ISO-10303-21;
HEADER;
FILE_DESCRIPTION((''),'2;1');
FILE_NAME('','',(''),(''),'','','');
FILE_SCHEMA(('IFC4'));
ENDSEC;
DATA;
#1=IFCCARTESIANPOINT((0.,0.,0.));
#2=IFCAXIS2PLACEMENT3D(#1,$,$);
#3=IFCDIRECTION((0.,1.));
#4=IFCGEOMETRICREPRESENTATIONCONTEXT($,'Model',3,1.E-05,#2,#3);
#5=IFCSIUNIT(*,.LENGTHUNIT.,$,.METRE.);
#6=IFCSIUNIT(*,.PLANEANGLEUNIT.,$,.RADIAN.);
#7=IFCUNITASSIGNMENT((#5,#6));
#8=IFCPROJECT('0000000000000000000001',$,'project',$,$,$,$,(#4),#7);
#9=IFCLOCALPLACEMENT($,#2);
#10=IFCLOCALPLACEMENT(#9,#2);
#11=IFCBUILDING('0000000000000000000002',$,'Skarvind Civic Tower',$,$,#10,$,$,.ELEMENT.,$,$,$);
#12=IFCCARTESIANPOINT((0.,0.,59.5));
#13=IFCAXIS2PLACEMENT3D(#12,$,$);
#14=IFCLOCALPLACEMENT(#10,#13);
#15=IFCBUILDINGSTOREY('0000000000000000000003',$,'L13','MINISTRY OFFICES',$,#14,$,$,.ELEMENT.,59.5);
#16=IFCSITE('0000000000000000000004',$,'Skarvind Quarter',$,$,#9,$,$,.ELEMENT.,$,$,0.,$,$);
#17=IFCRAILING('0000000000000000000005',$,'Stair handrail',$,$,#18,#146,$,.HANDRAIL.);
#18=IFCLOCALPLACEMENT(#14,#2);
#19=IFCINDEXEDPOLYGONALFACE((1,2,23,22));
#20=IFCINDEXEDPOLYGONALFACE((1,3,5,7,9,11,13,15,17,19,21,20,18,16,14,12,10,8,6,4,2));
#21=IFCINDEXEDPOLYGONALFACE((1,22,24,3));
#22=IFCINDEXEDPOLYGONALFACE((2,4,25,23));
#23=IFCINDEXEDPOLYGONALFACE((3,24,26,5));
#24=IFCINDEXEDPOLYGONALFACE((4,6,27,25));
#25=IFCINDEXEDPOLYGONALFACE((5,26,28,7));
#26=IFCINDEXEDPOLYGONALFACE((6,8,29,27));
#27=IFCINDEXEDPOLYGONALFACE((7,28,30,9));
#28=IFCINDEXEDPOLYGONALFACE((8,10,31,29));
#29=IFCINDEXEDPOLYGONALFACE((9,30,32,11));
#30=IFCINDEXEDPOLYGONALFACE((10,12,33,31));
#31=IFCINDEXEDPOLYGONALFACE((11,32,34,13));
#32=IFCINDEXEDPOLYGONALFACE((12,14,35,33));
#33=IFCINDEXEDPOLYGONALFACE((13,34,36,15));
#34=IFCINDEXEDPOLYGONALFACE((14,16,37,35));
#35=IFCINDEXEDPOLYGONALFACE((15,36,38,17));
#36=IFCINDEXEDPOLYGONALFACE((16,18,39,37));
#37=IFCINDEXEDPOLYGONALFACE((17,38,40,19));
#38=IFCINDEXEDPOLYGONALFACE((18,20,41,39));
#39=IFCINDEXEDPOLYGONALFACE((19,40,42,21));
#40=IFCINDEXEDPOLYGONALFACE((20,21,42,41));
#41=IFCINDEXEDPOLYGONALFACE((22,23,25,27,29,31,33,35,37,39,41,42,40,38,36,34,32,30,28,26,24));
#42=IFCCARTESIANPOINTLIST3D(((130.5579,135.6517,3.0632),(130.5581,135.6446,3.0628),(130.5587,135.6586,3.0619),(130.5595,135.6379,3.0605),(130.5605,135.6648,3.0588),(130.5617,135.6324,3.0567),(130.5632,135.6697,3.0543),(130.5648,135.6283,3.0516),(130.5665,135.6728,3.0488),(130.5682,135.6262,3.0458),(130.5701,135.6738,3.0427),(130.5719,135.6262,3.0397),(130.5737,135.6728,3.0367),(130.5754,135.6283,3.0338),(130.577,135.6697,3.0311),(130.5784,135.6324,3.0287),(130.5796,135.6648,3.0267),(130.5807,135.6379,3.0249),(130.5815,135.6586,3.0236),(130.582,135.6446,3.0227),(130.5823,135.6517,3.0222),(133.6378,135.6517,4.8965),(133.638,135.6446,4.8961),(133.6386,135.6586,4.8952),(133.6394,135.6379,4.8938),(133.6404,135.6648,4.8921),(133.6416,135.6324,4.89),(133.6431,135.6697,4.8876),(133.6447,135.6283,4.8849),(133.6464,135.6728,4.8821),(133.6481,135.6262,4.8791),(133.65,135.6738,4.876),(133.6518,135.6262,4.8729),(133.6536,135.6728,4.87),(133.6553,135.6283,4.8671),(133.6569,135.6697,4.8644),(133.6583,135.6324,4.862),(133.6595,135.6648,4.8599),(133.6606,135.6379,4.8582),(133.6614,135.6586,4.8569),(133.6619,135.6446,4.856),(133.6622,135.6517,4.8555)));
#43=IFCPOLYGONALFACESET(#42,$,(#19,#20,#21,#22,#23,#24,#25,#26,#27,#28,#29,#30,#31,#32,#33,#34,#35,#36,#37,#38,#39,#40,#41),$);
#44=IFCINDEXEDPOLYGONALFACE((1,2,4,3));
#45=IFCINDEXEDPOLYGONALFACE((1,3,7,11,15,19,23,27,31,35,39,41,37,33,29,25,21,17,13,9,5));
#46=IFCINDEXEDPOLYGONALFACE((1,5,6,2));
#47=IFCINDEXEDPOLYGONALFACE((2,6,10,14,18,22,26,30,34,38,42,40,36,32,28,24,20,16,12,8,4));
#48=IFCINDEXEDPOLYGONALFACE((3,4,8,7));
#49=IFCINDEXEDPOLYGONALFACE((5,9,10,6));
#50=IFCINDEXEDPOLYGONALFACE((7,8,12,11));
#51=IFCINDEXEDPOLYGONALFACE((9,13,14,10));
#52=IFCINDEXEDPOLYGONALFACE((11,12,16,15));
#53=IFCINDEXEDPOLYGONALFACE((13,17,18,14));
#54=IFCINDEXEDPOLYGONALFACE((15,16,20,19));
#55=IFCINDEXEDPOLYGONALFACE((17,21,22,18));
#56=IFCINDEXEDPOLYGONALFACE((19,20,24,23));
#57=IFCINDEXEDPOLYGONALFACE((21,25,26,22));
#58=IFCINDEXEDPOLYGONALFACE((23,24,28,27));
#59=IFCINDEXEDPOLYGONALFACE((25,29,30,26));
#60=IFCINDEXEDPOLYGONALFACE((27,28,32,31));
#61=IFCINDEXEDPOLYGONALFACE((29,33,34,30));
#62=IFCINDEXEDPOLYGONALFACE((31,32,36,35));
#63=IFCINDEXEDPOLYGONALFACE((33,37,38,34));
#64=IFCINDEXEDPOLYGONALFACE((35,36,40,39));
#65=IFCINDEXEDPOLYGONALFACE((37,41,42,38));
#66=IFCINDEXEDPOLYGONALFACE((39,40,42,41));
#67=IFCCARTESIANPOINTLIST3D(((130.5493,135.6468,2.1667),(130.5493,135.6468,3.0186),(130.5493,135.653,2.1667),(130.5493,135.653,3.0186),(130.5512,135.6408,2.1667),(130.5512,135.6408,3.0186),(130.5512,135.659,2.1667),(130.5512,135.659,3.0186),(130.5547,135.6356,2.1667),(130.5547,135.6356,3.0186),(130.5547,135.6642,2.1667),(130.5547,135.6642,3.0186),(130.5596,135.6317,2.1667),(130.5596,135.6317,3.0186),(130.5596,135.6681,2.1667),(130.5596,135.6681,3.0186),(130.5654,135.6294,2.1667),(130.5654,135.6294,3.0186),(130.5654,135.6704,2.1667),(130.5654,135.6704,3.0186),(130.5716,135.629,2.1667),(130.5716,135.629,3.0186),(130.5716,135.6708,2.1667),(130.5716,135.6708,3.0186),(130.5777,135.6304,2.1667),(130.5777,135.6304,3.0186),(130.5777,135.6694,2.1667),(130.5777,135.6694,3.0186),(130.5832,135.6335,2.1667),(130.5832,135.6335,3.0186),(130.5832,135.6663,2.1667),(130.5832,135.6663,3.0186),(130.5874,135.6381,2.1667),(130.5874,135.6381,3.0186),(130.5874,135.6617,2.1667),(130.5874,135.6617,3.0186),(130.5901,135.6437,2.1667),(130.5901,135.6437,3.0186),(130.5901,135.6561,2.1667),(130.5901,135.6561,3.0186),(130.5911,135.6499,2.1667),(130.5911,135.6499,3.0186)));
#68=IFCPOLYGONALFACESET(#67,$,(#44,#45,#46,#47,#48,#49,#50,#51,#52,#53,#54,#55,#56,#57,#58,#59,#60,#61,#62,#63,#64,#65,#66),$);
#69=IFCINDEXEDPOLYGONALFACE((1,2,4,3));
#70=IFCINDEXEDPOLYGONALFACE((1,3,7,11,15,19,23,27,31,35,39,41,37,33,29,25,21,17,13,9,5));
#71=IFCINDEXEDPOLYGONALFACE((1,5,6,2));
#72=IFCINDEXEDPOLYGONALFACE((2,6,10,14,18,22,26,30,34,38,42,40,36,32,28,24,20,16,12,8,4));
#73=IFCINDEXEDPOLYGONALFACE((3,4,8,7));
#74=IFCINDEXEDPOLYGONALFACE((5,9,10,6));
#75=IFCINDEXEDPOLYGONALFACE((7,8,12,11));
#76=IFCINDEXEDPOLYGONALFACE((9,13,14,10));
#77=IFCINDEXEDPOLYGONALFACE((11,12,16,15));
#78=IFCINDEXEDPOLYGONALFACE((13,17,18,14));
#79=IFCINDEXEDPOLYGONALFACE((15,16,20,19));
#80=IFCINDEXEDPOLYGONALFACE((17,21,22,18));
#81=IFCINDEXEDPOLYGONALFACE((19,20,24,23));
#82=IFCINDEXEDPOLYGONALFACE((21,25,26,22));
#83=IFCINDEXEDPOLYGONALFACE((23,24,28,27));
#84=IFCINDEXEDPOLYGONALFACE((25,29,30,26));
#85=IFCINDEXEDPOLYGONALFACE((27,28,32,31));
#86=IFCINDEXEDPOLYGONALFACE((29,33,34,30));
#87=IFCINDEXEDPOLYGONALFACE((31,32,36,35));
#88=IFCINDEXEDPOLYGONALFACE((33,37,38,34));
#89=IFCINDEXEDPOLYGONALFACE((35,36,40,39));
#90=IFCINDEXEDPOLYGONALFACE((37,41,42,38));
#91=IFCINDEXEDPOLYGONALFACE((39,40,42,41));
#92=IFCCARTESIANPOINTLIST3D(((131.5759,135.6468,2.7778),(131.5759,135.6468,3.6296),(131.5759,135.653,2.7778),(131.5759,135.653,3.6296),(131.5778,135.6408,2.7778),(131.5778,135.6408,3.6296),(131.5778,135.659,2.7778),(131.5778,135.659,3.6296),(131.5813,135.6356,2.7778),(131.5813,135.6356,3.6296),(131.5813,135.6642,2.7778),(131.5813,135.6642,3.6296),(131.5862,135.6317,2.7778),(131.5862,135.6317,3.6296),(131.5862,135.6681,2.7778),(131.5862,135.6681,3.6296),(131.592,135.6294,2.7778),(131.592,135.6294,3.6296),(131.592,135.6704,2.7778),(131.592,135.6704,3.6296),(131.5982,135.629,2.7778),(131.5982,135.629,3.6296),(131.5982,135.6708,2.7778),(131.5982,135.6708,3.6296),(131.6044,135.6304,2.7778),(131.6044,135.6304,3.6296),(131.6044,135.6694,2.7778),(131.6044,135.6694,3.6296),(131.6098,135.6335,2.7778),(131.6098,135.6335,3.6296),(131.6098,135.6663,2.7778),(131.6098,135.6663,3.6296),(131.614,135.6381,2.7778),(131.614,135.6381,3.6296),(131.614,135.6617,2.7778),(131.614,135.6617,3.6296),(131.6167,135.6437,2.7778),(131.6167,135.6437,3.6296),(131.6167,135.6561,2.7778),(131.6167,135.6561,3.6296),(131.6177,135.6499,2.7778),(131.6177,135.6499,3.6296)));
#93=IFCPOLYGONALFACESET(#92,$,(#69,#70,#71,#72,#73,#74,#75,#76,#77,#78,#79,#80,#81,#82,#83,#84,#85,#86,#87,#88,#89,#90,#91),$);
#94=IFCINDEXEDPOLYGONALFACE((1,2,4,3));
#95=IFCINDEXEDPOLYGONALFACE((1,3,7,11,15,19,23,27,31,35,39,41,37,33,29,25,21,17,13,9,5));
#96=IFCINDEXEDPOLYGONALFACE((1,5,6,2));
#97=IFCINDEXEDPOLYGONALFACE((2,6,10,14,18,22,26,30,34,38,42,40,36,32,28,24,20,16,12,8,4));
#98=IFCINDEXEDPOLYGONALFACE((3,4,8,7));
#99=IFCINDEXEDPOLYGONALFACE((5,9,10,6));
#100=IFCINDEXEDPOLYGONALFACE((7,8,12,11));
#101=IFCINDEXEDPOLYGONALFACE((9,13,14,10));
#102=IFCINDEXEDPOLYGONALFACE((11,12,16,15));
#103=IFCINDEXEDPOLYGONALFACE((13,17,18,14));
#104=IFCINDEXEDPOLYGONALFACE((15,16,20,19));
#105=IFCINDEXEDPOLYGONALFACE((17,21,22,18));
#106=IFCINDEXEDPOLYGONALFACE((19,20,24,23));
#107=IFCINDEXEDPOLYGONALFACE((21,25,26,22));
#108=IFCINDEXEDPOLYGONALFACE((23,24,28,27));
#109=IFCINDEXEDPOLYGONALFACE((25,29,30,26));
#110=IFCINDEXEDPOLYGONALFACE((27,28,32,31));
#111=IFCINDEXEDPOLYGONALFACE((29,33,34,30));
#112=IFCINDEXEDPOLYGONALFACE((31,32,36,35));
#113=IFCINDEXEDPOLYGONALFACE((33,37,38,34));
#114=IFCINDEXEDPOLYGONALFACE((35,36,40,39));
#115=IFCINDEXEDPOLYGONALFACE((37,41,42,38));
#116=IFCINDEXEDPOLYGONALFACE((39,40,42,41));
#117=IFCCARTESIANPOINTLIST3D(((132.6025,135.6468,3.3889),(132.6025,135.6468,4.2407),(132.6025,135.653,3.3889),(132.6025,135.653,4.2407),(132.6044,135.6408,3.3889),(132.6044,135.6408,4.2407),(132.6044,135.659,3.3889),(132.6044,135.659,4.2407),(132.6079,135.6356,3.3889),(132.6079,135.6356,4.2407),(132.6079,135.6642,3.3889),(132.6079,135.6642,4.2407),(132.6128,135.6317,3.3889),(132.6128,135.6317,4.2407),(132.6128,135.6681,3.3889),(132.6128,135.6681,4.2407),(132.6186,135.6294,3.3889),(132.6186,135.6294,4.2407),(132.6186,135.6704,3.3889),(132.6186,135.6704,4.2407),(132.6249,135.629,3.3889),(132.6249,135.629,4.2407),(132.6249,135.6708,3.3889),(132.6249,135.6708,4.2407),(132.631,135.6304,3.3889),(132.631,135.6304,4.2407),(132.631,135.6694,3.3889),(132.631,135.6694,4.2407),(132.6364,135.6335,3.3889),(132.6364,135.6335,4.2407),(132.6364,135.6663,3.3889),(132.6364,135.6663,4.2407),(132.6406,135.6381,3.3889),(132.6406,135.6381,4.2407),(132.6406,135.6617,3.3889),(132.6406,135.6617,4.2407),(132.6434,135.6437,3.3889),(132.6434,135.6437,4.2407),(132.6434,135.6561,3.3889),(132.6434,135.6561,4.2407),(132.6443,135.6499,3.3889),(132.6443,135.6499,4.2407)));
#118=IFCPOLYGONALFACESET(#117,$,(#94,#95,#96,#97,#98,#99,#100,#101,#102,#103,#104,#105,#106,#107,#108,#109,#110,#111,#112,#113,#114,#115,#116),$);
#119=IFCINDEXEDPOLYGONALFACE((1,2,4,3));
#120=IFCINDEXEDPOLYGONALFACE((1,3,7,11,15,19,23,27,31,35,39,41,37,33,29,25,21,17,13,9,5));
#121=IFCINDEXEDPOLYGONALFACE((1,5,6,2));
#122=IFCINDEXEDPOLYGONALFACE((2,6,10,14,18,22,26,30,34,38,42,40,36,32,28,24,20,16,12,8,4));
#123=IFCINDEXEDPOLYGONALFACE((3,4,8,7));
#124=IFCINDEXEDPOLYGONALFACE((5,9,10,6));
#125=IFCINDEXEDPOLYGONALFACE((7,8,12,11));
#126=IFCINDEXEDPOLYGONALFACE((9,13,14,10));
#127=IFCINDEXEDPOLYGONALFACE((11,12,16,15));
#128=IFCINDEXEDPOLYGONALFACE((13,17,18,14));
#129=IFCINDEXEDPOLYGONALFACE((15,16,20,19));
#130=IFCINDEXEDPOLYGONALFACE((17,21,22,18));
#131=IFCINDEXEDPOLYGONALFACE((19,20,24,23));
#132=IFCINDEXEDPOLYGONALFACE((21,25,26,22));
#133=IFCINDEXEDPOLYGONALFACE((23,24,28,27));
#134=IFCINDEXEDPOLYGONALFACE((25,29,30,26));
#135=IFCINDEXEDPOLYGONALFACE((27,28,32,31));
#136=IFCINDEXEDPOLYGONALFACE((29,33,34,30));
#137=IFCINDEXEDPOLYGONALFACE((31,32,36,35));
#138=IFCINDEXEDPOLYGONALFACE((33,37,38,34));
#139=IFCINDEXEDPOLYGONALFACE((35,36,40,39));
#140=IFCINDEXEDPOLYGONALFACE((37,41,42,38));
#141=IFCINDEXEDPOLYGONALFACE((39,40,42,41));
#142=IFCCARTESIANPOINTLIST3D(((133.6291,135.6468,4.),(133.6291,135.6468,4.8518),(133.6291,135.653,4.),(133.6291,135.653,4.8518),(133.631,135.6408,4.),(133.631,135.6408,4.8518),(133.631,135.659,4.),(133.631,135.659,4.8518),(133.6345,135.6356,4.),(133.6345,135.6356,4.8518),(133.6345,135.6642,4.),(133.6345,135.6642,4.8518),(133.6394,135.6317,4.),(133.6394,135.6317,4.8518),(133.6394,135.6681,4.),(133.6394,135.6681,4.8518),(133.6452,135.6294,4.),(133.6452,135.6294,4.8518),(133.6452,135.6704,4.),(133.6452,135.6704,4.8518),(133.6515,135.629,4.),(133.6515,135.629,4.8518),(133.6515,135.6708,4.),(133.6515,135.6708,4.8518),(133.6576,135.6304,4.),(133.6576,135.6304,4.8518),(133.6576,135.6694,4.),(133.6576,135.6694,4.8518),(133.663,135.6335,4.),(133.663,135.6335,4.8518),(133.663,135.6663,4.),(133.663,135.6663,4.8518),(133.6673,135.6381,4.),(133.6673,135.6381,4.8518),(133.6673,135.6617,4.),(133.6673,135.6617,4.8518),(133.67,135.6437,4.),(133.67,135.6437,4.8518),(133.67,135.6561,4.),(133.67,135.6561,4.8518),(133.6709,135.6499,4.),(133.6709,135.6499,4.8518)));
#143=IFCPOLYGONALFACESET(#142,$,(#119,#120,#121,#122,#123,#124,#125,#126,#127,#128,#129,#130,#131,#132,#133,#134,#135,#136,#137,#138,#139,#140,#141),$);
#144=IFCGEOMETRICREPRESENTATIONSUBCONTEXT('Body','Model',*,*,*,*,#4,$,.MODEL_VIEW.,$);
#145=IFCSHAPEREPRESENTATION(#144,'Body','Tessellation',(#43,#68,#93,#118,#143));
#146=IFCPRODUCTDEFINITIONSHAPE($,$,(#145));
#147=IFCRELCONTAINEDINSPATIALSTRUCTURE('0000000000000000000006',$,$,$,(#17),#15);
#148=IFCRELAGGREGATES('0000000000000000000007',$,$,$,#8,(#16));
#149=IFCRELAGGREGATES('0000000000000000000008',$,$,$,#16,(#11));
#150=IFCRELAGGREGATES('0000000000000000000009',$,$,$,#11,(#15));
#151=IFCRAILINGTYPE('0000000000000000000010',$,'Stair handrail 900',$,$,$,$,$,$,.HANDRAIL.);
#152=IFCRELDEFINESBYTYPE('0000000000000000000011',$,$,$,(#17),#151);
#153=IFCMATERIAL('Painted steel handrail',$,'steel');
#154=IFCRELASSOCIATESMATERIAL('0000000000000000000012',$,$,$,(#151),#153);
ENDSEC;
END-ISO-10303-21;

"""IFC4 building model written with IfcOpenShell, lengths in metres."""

from ifc_helpers import new_model, si_unit, direction, frame, origin, origin_2d, place, context, subcontext, project, spatial, circle, extrude, material, type_object, element, save


model = new_model("IFC4")

# Units and contexts
model_context = context("Model", 3, precision=1e-05, world=origin(), true_north=direction((0.0, 1.0)))
body_context = subcontext(model_context, "Body", "Model", "MODEL_VIEW")
ifc_project = project(units=[si_unit("LENGTHUNIT", "METRE"), si_unit("PLANEANGLEUNIT", "RADIAN")], contexts=[model_context])

# Site, building, storey
site_placement = place(None, origin())
site = spatial("IfcSite", under=ifc_project, at=site_placement, Name="Skarvind Quarter", CompositionType="ELEMENT", RefElevation=0.0)
building_placement = place(site_placement, origin())
building = spatial("IfcBuilding", under=site, at=building_placement, Name="Skarvind Civic Tower", CompositionType="ELEMENT")
storey_placement = place(building_placement, frame((0.0, 0.0, 59.5)))
storey = spatial("IfcBuildingStorey", under=building, at=storey_placement, Name="L13", Description="MINISTRY OFFICES", CompositionType="ELEMENT", Elevation=59.5)

# Railing
ifc_material_1 = material(Name="Painted steel handrail", Category="steel")
railing_type = type_object("IfcRailingType", Name="Stair handrail 900", PredefinedType="HANDRAIL", material=ifc_material_1)
railing_1_placement = place(storey_placement, frame((130.5701, 135.6499, 2.1667)))
element("IfcRailing", 1, at=railing_1_placement, inside=storey, type_object=railing_type, Name="Stair handrail", PredefinedType="HANDRAIL", context=body_context, shape_type="SweptSolid", body=[
    extrude(circle(Radius=0.0239, at=origin_2d()), frame((0.0, 0.0, 0.876), z_axis=(0.859291, 0.0, 0.511487), x_axis=(0.0, 1.0, 0.0)), (0.0, 0.0, 1.0), 3.5842),
    extrude(circle(Radius=0.021, at=origin_2d()), origin(), (0.0, 0.0, 1.0), 0.8518),
    extrude(circle(Radius=0.021, at=origin_2d()), frame((1.0266, 0.0, 0.6111)), (0.0, 0.0, 1.0), 0.8518),
    extrude(circle(Radius=0.021, at=origin_2d()), frame((2.0532, 0.0, 1.2222)), (0.0, 0.0, 1.0), 0.8518),
    extrude(circle(Radius=0.021, at=origin_2d()), frame((3.0798, 0.0, 1.8333)), (0.0, 0.0, 1.0), 0.8518),
])

save(model, "model.ifc")
